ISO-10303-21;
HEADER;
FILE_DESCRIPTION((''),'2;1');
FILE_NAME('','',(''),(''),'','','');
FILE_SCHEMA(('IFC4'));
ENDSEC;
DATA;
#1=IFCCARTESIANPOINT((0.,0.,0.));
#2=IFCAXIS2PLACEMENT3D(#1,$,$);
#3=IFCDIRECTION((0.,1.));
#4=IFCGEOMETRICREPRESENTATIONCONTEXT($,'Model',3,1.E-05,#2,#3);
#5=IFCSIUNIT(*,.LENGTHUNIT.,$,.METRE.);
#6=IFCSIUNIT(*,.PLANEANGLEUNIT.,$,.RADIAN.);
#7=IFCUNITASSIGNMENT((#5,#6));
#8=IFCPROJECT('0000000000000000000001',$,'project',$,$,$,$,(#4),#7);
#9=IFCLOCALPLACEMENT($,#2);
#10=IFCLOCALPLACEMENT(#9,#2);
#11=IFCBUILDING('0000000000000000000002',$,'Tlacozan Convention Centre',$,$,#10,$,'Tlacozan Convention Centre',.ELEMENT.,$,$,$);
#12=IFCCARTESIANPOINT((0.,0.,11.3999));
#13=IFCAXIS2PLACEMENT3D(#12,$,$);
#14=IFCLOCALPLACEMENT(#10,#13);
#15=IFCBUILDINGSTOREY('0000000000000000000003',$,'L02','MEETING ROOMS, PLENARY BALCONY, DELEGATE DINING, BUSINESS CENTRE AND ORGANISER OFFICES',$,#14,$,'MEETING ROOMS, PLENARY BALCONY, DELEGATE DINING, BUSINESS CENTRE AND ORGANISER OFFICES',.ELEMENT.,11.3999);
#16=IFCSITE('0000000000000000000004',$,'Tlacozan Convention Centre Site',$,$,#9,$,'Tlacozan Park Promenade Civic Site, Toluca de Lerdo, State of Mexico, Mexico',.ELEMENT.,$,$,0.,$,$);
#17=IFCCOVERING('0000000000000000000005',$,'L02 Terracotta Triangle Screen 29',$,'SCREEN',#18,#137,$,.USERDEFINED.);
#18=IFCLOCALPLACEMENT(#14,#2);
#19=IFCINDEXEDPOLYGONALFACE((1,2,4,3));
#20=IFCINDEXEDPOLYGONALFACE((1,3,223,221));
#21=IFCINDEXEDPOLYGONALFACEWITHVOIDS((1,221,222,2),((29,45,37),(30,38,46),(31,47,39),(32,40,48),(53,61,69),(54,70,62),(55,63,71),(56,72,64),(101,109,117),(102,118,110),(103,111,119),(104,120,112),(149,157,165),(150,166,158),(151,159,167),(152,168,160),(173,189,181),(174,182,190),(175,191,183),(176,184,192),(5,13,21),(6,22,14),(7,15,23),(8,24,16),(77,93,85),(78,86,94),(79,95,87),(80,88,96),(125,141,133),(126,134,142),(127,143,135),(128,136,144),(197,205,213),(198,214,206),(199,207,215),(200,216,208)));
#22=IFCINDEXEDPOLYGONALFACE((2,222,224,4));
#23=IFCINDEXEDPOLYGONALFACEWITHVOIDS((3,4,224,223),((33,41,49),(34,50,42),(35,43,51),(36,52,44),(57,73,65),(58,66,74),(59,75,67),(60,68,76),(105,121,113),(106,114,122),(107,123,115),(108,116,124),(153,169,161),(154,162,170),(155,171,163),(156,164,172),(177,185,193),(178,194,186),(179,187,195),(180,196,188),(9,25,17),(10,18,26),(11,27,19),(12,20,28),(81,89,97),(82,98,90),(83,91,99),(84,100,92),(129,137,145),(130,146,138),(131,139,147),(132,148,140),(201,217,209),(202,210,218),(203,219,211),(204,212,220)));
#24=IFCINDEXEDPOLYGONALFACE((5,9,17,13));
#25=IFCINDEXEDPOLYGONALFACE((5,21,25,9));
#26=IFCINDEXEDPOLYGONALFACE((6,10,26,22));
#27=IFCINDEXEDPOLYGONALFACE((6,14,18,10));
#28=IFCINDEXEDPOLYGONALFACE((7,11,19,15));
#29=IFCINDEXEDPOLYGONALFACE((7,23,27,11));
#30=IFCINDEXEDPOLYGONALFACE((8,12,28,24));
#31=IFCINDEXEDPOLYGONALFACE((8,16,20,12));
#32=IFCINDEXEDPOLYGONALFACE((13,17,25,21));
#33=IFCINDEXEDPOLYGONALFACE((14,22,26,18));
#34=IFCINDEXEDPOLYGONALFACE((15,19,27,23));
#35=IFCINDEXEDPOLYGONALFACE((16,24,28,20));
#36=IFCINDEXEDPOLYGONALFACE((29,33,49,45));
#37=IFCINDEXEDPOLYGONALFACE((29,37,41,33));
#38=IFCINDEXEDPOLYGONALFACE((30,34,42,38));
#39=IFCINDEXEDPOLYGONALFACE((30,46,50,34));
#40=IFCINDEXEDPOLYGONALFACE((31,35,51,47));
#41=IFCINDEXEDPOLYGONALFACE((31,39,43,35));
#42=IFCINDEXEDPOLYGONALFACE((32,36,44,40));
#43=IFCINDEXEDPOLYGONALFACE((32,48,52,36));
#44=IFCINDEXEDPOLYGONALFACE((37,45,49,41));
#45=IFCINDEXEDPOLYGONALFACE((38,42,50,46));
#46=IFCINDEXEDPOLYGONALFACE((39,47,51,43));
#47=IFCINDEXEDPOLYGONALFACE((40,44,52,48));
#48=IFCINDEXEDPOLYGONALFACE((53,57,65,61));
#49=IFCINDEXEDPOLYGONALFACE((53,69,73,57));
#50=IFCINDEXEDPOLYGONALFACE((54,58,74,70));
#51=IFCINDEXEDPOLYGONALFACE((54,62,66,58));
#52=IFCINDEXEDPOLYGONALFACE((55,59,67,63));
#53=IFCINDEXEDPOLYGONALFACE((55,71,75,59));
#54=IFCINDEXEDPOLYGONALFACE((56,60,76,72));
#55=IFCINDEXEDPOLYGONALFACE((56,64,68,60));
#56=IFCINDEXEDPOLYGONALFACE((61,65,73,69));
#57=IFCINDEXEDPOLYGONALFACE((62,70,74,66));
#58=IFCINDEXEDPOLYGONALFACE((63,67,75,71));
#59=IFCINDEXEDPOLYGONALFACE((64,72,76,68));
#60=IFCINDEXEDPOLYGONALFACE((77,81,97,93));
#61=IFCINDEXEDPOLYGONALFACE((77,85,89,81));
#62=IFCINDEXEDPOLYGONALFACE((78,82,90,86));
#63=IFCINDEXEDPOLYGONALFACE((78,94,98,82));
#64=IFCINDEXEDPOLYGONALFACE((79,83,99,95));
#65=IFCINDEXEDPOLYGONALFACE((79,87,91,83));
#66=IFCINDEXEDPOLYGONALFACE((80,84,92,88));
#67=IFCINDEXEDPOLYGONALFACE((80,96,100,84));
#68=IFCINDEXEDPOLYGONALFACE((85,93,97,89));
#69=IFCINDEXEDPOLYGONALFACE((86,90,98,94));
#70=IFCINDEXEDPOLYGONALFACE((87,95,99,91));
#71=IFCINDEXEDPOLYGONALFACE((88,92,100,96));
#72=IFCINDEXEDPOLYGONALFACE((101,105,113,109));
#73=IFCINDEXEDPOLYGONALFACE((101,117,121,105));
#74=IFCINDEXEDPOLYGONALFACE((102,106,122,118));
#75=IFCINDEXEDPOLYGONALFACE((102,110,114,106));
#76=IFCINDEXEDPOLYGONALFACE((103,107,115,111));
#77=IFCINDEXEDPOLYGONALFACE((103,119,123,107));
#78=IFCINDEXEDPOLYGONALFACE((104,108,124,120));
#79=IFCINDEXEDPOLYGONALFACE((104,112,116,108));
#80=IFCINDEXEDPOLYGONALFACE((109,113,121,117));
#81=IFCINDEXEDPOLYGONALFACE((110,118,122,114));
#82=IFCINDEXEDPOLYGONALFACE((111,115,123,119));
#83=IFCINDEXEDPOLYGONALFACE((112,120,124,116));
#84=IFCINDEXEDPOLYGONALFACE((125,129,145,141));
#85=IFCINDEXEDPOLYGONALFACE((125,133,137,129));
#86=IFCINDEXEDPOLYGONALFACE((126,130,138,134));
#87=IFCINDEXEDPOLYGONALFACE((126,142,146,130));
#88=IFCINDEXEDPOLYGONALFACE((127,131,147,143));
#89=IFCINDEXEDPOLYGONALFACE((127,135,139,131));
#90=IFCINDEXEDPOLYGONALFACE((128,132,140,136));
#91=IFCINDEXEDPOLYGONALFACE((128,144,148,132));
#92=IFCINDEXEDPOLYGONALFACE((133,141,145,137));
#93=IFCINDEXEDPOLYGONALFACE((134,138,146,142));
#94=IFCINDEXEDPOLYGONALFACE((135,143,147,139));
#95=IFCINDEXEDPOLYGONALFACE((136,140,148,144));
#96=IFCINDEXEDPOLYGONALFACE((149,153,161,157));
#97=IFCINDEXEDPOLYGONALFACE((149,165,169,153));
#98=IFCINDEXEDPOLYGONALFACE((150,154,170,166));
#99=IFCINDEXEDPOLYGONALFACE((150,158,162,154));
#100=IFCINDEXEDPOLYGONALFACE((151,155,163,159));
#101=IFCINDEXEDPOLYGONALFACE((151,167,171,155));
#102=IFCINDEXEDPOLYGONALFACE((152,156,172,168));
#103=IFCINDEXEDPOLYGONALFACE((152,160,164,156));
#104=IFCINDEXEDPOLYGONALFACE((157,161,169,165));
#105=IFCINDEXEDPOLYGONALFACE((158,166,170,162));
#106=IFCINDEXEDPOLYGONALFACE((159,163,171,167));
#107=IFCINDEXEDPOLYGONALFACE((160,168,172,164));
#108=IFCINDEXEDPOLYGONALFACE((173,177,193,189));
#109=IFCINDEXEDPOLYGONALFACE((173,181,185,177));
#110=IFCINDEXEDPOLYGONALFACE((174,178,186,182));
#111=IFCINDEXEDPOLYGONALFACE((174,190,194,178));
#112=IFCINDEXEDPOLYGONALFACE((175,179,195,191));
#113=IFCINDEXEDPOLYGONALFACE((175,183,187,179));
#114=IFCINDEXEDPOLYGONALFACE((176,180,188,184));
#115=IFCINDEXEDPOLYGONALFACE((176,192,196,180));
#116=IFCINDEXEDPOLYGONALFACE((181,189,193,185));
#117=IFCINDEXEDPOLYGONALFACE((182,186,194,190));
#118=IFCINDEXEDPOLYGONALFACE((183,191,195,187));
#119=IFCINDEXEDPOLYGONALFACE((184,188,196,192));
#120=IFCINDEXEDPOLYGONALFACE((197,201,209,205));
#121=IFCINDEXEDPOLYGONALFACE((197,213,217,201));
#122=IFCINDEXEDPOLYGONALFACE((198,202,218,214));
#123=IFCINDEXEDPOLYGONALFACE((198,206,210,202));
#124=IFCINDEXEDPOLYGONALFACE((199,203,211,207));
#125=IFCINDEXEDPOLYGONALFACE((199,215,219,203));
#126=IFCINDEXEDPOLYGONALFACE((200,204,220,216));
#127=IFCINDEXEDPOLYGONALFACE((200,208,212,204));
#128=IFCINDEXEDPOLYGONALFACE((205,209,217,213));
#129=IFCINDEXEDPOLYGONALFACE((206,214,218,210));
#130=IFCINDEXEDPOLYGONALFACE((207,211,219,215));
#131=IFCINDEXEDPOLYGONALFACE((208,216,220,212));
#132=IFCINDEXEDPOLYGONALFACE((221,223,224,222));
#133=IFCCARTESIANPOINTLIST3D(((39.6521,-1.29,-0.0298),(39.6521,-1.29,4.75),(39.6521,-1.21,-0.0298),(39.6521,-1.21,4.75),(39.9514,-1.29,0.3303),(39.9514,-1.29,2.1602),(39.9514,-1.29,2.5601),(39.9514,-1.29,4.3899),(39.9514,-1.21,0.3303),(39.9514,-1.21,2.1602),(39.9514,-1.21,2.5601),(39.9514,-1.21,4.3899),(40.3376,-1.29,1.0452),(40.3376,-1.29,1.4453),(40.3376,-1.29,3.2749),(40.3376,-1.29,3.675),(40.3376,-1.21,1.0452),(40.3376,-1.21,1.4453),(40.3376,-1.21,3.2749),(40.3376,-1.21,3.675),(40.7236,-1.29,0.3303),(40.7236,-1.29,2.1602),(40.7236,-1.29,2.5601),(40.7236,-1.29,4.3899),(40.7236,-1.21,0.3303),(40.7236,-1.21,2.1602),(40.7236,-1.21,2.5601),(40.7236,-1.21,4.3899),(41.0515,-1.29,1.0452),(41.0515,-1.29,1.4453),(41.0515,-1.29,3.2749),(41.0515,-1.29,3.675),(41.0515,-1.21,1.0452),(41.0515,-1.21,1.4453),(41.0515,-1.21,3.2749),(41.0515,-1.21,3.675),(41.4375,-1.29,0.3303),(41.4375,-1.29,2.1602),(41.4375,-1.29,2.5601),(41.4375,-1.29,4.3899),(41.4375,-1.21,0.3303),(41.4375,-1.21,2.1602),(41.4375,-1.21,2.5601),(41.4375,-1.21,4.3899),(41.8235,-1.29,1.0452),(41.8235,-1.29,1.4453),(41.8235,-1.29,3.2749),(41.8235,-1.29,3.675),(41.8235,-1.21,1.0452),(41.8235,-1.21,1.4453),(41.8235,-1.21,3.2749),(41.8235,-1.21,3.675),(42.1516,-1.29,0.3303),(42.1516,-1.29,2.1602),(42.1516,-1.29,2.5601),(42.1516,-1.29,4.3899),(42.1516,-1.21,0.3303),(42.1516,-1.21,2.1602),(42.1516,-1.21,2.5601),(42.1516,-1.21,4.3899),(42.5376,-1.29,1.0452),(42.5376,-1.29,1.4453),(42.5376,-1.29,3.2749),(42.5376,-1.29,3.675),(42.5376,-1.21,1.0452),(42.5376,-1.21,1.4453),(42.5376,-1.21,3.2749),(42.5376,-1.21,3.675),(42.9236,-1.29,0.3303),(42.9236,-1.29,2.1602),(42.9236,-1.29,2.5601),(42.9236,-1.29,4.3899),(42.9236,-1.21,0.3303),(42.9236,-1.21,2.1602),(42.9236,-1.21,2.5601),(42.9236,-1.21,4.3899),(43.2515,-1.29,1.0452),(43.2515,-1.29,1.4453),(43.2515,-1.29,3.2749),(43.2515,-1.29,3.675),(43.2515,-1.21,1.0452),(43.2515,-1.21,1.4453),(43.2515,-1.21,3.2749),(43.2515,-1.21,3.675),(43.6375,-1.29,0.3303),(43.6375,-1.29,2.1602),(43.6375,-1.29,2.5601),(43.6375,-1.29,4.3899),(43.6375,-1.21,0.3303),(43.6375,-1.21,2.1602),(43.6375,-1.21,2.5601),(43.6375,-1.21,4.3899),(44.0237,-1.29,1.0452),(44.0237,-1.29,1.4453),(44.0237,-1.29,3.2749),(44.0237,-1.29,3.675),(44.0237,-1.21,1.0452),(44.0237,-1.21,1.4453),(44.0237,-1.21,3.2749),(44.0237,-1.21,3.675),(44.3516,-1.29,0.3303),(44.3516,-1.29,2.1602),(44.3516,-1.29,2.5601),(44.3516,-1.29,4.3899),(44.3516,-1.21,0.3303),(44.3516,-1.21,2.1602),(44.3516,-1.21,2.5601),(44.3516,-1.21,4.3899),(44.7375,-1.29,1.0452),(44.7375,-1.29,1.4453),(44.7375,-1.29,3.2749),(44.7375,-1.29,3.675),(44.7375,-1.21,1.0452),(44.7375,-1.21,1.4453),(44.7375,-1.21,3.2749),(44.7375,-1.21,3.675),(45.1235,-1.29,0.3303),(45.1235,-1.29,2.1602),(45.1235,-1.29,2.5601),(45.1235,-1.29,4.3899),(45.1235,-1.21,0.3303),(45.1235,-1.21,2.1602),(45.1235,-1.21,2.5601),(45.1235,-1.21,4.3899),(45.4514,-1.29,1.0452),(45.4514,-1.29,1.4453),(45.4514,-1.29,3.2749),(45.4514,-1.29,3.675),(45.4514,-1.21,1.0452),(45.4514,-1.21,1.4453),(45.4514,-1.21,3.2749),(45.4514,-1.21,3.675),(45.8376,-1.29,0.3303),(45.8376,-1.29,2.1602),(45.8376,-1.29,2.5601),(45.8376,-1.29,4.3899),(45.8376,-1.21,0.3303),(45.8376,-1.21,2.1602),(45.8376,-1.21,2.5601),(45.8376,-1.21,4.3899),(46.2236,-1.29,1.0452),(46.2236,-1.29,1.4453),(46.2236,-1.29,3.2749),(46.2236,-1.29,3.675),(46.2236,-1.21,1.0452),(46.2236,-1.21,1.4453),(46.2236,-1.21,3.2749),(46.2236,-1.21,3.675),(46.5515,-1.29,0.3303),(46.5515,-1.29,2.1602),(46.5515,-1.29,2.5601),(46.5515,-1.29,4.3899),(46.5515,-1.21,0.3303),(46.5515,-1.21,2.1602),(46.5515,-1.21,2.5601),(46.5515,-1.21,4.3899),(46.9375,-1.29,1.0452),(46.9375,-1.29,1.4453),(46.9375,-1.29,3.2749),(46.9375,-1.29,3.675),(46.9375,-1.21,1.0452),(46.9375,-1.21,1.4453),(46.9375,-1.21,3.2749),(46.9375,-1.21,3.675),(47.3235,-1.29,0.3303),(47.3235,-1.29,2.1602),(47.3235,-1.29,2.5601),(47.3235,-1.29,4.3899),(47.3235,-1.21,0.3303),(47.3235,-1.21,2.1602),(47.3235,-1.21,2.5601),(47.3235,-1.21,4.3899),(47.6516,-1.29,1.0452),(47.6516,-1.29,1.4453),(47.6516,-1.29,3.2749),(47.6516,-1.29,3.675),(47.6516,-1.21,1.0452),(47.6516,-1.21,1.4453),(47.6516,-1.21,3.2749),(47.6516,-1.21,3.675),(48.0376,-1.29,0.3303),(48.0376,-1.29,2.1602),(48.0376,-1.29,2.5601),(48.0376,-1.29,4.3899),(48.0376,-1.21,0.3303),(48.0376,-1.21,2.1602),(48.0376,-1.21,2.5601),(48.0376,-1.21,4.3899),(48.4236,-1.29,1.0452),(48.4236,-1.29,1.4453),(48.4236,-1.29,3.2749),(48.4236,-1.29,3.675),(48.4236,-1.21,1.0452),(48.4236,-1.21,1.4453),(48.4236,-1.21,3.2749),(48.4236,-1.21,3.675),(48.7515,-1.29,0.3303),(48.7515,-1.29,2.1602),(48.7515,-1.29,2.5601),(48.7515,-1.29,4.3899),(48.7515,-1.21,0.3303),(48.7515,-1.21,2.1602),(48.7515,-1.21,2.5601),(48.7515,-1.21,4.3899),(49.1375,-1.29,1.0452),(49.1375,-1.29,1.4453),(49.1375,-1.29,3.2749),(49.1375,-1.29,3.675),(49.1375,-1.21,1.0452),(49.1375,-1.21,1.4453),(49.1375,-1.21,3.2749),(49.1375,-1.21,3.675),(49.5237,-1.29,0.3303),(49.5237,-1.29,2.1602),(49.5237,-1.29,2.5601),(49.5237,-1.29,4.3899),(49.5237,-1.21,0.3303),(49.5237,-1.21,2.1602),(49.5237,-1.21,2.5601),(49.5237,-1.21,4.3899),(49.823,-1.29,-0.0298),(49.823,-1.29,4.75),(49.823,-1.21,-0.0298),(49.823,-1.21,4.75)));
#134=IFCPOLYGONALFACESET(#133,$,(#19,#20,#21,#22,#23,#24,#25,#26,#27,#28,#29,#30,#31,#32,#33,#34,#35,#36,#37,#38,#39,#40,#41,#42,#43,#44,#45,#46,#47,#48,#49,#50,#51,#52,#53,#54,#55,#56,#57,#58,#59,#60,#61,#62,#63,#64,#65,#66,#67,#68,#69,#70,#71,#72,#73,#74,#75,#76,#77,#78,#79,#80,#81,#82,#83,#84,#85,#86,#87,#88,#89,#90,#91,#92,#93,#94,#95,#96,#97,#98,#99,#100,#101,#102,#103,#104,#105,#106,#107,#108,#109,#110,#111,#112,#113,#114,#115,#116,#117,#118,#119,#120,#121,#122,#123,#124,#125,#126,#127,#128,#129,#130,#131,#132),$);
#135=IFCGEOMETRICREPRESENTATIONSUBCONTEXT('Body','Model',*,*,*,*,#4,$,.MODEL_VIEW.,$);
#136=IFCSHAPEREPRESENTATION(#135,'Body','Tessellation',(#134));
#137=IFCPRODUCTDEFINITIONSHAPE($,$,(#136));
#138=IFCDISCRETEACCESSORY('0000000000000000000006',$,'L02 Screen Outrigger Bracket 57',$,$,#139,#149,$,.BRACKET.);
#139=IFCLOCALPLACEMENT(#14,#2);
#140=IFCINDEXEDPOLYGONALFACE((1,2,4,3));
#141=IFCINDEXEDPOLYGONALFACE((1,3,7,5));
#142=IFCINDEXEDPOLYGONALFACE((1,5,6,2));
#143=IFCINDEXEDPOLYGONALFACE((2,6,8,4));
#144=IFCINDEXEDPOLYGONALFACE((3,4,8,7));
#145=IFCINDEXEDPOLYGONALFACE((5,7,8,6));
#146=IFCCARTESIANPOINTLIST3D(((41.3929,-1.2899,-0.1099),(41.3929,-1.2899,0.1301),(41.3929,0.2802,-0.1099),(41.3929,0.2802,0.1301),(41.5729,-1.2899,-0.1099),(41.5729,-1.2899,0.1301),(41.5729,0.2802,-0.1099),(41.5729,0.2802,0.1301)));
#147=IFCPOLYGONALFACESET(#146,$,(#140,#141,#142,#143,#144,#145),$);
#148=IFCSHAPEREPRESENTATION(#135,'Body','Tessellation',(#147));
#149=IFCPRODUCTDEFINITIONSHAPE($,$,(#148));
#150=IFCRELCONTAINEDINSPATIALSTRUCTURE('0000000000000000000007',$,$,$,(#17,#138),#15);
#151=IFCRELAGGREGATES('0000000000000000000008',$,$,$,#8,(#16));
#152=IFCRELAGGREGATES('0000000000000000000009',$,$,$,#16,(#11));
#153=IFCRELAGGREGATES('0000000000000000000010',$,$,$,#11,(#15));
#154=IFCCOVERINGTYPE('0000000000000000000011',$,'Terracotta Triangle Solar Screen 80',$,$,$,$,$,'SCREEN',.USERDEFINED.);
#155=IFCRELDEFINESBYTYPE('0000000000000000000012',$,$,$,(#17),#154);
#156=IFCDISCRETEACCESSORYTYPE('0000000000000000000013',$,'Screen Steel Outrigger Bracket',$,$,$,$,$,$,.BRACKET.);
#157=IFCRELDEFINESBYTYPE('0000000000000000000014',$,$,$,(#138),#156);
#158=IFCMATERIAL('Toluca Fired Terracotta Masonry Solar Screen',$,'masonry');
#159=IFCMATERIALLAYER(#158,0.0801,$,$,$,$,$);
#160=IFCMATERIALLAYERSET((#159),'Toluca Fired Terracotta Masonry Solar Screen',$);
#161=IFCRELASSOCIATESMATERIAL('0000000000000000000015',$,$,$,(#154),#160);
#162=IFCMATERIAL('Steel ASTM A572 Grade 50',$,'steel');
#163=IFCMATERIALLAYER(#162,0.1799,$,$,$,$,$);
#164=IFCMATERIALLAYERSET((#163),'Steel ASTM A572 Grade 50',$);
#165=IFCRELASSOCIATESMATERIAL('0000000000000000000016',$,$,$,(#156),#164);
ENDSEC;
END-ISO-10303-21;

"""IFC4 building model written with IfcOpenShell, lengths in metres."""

from ifc_helpers import new_model, si_unit, direction, frame, origin, origin_2d, place, context, subcontext, project, spatial, polyline, rectangle, outline, extrude, material, layer, layer_set, type_object, element, save


model = new_model("IFC4")

# Units and contexts
model_context = context("Model", 3, precision=1e-05, world=origin(), true_north=direction((0.0, 1.0)))
body_context = subcontext(model_context, "Body", "Model", "MODEL_VIEW")
ifc_project = project(units=[si_unit("LENGTHUNIT", "METRE"), si_unit("PLANEANGLEUNIT", "RADIAN")], contexts=[model_context])

# Site, building, storey
site_placement = place(None, origin())
site = spatial("IfcSite", under=ifc_project, at=site_placement, Name="Tlacozan Convention Centre Site", LongName="Tlacozan Park Promenade Civic Site, Toluca de Lerdo, State of Mexico, Mexico", CompositionType="ELEMENT", RefElevation=0.0)
building_placement = place(site_placement, origin())
building = spatial("IfcBuilding", under=site, at=building_placement, Name="Tlacozan Convention Centre", LongName="Tlacozan Convention Centre", CompositionType="ELEMENT")
storey_placement = place(building_placement, frame((0.0, 0.0, 11.3999)))
storey = spatial("IfcBuildingStorey", under=building, at=storey_placement, Name="L02", Description="MEETING ROOMS, PLENARY BALCONY, DELEGATE DINING, BUSINESS CENTRE AND ORGANISER OFFICES", LongName="MEETING ROOMS, PLENARY BALCONY, DELEGATE DINING, BUSINESS CENTRE AND ORGANISER OFFICES", CompositionType="ELEMENT", Elevation=11.3999)

# Covering
ifc_material_1 = material(Name="Toluca Fired Terracotta Masonry Solar Screen", Category="masonry")
ifc_layer_1 = layer(ifc_material_1, 0.0801)
ifc_layer_set_1 = layer_set([ifc_layer_1], Name="Toluca Fired Terracotta Masonry Solar Screen")
covering_type = type_object("IfcCoveringType", Name="Terracotta Triangle Solar Screen 80", ElementType="SCREEN", PredefinedType="USERDEFINED", material=ifc_layer_set_1)
covering_placement = place(storey_placement, frame((39.6521, -1.25, -0.0298), z_axis=(0.0, 0.0, 1.0), x_axis=(1.0, 0.0, 0.0)))
element("IfcCovering", 1, at=covering_placement, inside=storey, type_object=covering_type, Name="L02 Terracotta Triangle Screen 29", ObjectType="SCREEN", PredefinedType="USERDEFINED", context=body_context, shape_type="SweptSolid", body=[
    extrude(outline(polyline([(0.0, 0.0), (10.1709, 0.0), (10.1709, 4.7798), (0.0, 4.7798), (0.0, 0.0)]), holes=[polyline([(0.2993, 0.3601), (1.0715, 0.3601), (0.6855, 1.075), (0.2993, 0.3601)]), polyline([(1.3994, 1.075), (2.1714, 1.075), (1.7854, 0.3601), (1.3994, 1.075)]), polyline([(2.4995, 0.3601), (3.2715, 0.3601), (2.8855, 1.075), (2.4995, 0.3601)]), polyline([(3.5994, 1.075), (4.3716, 1.075), (3.9854, 0.3601), (3.5994, 1.075)]), polyline([(4.6995, 0.3601), (5.4714, 0.3601), (5.0854, 1.075), (4.6995, 0.3601)]), polyline([(5.7993, 1.075), (6.5715, 1.075), (6.1855, 0.3601), (5.7993, 1.075)]), polyline([(6.8994, 0.3601), (7.6714, 0.3601), (7.2854, 1.075), (6.8994, 0.3601)]), polyline([(7.9995, 1.075), (8.7715, 1.075), (8.3855, 0.3601), (7.9995, 1.075)]), polyline([(9.0994, 0.3601), (9.8716, 0.3601), (9.4854, 1.075), (9.0994, 0.3601)]), polyline([(0.2993, 2.1899), (1.0715, 2.1899), (0.6855, 1.4751), (0.2993, 2.1899)]), polyline([(1.3994, 1.4751), (2.1714, 1.4751), (1.7854, 2.1899), (1.3994, 1.4751)]), polyline([(2.4995, 2.1899), (3.2715, 2.1899), (2.8855, 1.4751), (2.4995, 2.1899)]), polyline([(3.5994, 1.4751), (4.3716, 1.4751), (3.9854, 2.1899), (3.5994, 1.4751)]), polyline([(4.6995, 2.1899), (5.4714, 2.1899), (5.0854, 1.4751), (4.6995, 2.1899)]), polyline([(5.7993, 1.4751), (6.5715, 1.4751), (6.1855, 2.1899), (5.7993, 1.4751)]), polyline([(6.8994, 2.1899), (7.6714, 2.1899), (7.2854, 1.4751), (6.8994, 2.1899)]), polyline([(7.9995, 1.4751), (8.7715, 1.4751), (8.3855, 2.1899), (7.9995, 1.4751)]), polyline([(9.0994, 2.1899), (9.8716, 2.1899), (9.4854, 1.4751), (9.0994, 2.1899)]), polyline([(0.2993, 2.5898), (1.0715, 2.5898), (0.6855, 3.3047), (0.2993, 2.5898)]), polyline([(1.3994, 3.3047), (2.1714, 3.3047), (1.7854, 2.5898), (1.3994, 3.3047)]), polyline([(2.4995, 2.5898), (3.2715, 2.5898), (2.8855, 3.3047), (2.4995, 2.5898)]), polyline([(3.5994, 3.3047), (4.3716, 3.3047), (3.9854, 2.5898), (3.5994, 3.3047)]), polyline([(4.6995, 2.5898), (5.4714, 2.5898), (5.0854, 3.3047), (4.6995, 2.5898)]), polyline([(5.7993, 3.3047), (6.5715, 3.3047), (6.1855, 2.5898), (5.7993, 3.3047)]), polyline([(6.8994, 2.5898), (7.6714, 2.5898), (7.2854, 3.3047), (6.8994, 2.5898)]), polyline([(7.9995, 3.3047), (8.7715, 3.3047), (8.3855, 2.5898), (7.9995, 3.3047)]), polyline([(9.0994, 2.5898), (9.8716, 2.5898), (9.4854, 3.3047), (9.0994, 2.5898)]), polyline([(0.2993, 4.4197), (1.0715, 4.4197), (0.6855, 3.7048), (0.2993, 4.4197)]), polyline([(1.3994, 3.7048), (2.1714, 3.7048), (1.7854, 4.4197), (1.3994, 3.7048)]), polyline([(2.4995, 4.4197), (3.2715, 4.4197), (2.8855, 3.7048), (2.4995, 4.4197)]), polyline([(3.5994, 3.7048), (4.3716, 3.7048), (3.9854, 4.4197), (3.5994, 3.7048)]), polyline([(4.6995, 4.4197), (5.4714, 4.4197), (5.0854, 3.7048), (4.6995, 4.4197)]), polyline([(5.7993, 3.7048), (6.5715, 3.7048), (6.1855, 4.4197), (5.7993, 3.7048)]), polyline([(6.8994, 4.4197), (7.6714, 4.4197), (7.2854, 3.7048), (6.8994, 4.4197)]), polyline([(7.9995, 3.7048), (8.7715, 3.7048), (8.3855, 4.4197), (7.9995, 3.7048)]), polyline([(9.0994, 4.4197), (9.8716, 4.4197), (9.4854, 3.7048), (9.0994, 4.4197)])]), frame((0.0, 0.04, 0.0), z_axis=(0.0, -1.0, 0.0), x_axis=(1.0, 0.0, 0.0)), (0.0, 0.0, 1.0), 0.0801),
])

# Discrete accessory
ifc_material_2 = material(Name="Steel ASTM A572 Grade 50", Category="steel")
ifc_layer_2 = layer(ifc_material_2, 0.1799)
ifc_layer_set_2 = layer_set([ifc_layer_2], Name="Steel ASTM A572 Grade 50")
discrete_accessory_type = type_object("IfcDiscreteAccessoryType", Name="Screen Steel Outrigger Bracket", PredefinedType="BRACKET", material=ifc_layer_set_2)
discrete_accessory_placement = place(storey_placement, frame((41.4829, -0.5049, -0.1099), z_axis=(0.0, 0.0, 1.0), x_axis=(0.0, 1.0, 0.0)))
element("IfcDiscreteAccessory", 2, at=discrete_accessory_placement, inside=storey, type_object=discrete_accessory_type, Name="L02 Screen Outrigger Bracket 57", PredefinedType="BRACKET", context=body_context, shape_type="SweptSolid", body=[
    extrude(rectangle(XDim=1.5701, YDim=0.1799, at=origin_2d()), origin(), (0.0, 0.0, 1.0), 0.24),
])

save(model, "model.ifc")
